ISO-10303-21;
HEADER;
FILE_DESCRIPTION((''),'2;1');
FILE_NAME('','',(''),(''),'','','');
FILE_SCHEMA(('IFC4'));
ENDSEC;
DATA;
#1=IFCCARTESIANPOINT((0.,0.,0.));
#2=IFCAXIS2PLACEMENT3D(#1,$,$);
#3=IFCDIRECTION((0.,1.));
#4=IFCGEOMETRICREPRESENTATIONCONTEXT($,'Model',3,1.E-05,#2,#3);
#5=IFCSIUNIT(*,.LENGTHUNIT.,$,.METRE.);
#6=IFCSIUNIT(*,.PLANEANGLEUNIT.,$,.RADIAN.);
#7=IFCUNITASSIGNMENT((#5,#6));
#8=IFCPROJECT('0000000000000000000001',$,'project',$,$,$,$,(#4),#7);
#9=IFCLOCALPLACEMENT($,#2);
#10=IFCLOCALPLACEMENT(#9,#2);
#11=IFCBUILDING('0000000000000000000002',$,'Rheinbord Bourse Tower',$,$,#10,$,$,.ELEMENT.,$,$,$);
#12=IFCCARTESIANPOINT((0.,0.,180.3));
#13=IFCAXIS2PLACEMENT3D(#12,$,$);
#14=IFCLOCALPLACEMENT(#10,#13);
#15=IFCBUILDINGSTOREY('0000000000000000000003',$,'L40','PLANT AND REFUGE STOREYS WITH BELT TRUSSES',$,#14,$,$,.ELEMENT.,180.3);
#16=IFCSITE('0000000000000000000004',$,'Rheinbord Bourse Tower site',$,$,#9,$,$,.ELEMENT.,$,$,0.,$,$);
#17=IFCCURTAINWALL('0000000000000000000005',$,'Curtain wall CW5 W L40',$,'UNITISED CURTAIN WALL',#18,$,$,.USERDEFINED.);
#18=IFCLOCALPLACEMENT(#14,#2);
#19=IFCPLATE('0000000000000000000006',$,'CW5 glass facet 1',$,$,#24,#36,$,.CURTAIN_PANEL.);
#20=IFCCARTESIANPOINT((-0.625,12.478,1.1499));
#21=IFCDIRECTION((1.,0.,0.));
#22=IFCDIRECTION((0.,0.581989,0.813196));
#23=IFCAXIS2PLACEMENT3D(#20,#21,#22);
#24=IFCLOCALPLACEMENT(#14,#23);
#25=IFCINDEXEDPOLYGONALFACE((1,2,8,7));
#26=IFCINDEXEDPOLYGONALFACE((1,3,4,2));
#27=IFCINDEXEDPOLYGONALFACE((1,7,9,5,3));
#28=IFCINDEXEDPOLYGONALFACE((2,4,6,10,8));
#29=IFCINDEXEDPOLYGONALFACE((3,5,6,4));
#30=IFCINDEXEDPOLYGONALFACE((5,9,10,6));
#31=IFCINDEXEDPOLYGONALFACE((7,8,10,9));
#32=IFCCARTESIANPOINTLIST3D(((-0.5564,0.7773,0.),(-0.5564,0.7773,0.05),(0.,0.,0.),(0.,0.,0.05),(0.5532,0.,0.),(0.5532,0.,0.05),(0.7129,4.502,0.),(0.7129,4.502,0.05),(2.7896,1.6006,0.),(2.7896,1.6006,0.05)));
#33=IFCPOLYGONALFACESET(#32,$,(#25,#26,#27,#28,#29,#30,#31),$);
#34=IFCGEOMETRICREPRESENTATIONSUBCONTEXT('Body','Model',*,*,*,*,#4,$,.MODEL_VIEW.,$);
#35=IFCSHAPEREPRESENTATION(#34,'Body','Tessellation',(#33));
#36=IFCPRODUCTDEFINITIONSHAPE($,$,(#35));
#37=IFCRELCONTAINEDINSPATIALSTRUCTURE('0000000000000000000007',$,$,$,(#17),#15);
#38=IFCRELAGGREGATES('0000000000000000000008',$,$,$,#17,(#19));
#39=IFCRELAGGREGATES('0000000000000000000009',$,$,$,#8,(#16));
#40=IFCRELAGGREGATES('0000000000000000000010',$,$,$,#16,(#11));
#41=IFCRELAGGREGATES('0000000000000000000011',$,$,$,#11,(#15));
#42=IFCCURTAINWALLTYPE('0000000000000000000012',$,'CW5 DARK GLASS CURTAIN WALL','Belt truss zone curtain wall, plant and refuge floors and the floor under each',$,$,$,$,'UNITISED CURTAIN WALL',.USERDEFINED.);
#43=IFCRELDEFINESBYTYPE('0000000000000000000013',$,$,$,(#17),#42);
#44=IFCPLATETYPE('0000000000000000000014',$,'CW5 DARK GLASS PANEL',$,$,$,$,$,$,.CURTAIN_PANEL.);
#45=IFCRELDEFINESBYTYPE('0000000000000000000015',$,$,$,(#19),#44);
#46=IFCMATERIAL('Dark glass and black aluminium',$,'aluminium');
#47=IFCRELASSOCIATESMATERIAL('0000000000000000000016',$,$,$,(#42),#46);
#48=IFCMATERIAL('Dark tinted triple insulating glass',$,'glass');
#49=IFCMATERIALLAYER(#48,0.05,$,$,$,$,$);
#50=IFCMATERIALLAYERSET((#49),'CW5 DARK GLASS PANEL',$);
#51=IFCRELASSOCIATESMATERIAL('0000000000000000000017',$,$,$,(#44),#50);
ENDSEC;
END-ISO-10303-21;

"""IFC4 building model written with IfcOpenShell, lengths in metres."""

from ifc_helpers import new_model, si_unit, direction, frame, origin, place, context, subcontext, project, spatial, polyline, outline, extrude, material, layer, layer_set, type_object, element, aggregate, save


model = new_model("IFC4")

# Units and contexts
model_context = context("Model", 3, precision=1e-05, world=origin(), true_north=direction((0.0, 1.0)))
body_context = subcontext(model_context, "Body", "Model", "MODEL_VIEW")
ifc_project = project(units=[si_unit("LENGTHUNIT", "METRE"), si_unit("PLANEANGLEUNIT", "RADIAN")], contexts=[model_context])

# Site, building, storey
site_placement = place(None, origin())
site = spatial("IfcSite", under=ifc_project, at=site_placement, Name="Rheinbord Bourse Tower site", CompositionType="ELEMENT", RefElevation=0.0)
building_placement = place(site_placement, origin())
building = spatial("IfcBuilding", under=site, at=building_placement, Name="Rheinbord Bourse Tower", CompositionType="ELEMENT")
storey_placement = place(building_placement, frame((0.0, 0.0, 180.3)))
storey = spatial("IfcBuildingStorey", under=building, at=storey_placement, Name="L40", Description="PLANT AND REFUGE STOREYS WITH BELT TRUSSES", CompositionType="ELEMENT", Elevation=180.3)

# Curtain wall
ifc_material_1 = material(Name="Dark glass and black aluminium", Category="aluminium")
curtain_wall_type = type_object("IfcCurtainWallType", Name="CW5 DARK GLASS CURTAIN WALL", Description="Belt truss zone curtain wall, plant and refuge floors and the floor under each", ElementType="UNITISED CURTAIN WALL", PredefinedType="USERDEFINED", material=ifc_material_1)
curtain_wall_placement = place(storey_placement, origin())
curtain_wall = element("IfcCurtainWall", 1, at=curtain_wall_placement, inside=storey, type_object=curtain_wall_type, Name="Curtain wall CW5 W L40", ObjectType="UNITISED CURTAIN WALL", PredefinedType="USERDEFINED")

# Plate
ifc_material_2 = material(Name="Dark tinted triple insulating glass", Category="glass")
ifc_layer_1 = layer(ifc_material_2, 0.05)
ifc_layer_set_1 = layer_set([ifc_layer_1], Name="CW5 DARK GLASS PANEL")
plate_type = type_object("IfcPlateType", Name="CW5 DARK GLASS PANEL", PredefinedType="CURTAIN_PANEL", material=ifc_layer_set_1)
plate_1_placement = place(storey_placement, frame((-0.625, 12.478, 1.1499), z_axis=(1.0, 0.0, 0.0), x_axis=(0.0, 0.581989, 0.813196)))
plate_1 = element("IfcPlate", 2, at=plate_1_placement, type_object=plate_type, Name="CW5 glass facet 1", PredefinedType="CURTAIN_PANEL", context=body_context, shape_type="SweptSolid", body=[
    extrude(outline(polyline([(0.0, 0.0), (0.5532, 0.0), (2.7896, 1.6006), (0.7129, 4.502), (-0.5564, 0.7773), (0.0, 0.0)])), origin(), (0.0, 0.0, 1.0), 0.05),
])
aggregate(curtain_wall, [plate_1])

save(model, "model.ifc")
